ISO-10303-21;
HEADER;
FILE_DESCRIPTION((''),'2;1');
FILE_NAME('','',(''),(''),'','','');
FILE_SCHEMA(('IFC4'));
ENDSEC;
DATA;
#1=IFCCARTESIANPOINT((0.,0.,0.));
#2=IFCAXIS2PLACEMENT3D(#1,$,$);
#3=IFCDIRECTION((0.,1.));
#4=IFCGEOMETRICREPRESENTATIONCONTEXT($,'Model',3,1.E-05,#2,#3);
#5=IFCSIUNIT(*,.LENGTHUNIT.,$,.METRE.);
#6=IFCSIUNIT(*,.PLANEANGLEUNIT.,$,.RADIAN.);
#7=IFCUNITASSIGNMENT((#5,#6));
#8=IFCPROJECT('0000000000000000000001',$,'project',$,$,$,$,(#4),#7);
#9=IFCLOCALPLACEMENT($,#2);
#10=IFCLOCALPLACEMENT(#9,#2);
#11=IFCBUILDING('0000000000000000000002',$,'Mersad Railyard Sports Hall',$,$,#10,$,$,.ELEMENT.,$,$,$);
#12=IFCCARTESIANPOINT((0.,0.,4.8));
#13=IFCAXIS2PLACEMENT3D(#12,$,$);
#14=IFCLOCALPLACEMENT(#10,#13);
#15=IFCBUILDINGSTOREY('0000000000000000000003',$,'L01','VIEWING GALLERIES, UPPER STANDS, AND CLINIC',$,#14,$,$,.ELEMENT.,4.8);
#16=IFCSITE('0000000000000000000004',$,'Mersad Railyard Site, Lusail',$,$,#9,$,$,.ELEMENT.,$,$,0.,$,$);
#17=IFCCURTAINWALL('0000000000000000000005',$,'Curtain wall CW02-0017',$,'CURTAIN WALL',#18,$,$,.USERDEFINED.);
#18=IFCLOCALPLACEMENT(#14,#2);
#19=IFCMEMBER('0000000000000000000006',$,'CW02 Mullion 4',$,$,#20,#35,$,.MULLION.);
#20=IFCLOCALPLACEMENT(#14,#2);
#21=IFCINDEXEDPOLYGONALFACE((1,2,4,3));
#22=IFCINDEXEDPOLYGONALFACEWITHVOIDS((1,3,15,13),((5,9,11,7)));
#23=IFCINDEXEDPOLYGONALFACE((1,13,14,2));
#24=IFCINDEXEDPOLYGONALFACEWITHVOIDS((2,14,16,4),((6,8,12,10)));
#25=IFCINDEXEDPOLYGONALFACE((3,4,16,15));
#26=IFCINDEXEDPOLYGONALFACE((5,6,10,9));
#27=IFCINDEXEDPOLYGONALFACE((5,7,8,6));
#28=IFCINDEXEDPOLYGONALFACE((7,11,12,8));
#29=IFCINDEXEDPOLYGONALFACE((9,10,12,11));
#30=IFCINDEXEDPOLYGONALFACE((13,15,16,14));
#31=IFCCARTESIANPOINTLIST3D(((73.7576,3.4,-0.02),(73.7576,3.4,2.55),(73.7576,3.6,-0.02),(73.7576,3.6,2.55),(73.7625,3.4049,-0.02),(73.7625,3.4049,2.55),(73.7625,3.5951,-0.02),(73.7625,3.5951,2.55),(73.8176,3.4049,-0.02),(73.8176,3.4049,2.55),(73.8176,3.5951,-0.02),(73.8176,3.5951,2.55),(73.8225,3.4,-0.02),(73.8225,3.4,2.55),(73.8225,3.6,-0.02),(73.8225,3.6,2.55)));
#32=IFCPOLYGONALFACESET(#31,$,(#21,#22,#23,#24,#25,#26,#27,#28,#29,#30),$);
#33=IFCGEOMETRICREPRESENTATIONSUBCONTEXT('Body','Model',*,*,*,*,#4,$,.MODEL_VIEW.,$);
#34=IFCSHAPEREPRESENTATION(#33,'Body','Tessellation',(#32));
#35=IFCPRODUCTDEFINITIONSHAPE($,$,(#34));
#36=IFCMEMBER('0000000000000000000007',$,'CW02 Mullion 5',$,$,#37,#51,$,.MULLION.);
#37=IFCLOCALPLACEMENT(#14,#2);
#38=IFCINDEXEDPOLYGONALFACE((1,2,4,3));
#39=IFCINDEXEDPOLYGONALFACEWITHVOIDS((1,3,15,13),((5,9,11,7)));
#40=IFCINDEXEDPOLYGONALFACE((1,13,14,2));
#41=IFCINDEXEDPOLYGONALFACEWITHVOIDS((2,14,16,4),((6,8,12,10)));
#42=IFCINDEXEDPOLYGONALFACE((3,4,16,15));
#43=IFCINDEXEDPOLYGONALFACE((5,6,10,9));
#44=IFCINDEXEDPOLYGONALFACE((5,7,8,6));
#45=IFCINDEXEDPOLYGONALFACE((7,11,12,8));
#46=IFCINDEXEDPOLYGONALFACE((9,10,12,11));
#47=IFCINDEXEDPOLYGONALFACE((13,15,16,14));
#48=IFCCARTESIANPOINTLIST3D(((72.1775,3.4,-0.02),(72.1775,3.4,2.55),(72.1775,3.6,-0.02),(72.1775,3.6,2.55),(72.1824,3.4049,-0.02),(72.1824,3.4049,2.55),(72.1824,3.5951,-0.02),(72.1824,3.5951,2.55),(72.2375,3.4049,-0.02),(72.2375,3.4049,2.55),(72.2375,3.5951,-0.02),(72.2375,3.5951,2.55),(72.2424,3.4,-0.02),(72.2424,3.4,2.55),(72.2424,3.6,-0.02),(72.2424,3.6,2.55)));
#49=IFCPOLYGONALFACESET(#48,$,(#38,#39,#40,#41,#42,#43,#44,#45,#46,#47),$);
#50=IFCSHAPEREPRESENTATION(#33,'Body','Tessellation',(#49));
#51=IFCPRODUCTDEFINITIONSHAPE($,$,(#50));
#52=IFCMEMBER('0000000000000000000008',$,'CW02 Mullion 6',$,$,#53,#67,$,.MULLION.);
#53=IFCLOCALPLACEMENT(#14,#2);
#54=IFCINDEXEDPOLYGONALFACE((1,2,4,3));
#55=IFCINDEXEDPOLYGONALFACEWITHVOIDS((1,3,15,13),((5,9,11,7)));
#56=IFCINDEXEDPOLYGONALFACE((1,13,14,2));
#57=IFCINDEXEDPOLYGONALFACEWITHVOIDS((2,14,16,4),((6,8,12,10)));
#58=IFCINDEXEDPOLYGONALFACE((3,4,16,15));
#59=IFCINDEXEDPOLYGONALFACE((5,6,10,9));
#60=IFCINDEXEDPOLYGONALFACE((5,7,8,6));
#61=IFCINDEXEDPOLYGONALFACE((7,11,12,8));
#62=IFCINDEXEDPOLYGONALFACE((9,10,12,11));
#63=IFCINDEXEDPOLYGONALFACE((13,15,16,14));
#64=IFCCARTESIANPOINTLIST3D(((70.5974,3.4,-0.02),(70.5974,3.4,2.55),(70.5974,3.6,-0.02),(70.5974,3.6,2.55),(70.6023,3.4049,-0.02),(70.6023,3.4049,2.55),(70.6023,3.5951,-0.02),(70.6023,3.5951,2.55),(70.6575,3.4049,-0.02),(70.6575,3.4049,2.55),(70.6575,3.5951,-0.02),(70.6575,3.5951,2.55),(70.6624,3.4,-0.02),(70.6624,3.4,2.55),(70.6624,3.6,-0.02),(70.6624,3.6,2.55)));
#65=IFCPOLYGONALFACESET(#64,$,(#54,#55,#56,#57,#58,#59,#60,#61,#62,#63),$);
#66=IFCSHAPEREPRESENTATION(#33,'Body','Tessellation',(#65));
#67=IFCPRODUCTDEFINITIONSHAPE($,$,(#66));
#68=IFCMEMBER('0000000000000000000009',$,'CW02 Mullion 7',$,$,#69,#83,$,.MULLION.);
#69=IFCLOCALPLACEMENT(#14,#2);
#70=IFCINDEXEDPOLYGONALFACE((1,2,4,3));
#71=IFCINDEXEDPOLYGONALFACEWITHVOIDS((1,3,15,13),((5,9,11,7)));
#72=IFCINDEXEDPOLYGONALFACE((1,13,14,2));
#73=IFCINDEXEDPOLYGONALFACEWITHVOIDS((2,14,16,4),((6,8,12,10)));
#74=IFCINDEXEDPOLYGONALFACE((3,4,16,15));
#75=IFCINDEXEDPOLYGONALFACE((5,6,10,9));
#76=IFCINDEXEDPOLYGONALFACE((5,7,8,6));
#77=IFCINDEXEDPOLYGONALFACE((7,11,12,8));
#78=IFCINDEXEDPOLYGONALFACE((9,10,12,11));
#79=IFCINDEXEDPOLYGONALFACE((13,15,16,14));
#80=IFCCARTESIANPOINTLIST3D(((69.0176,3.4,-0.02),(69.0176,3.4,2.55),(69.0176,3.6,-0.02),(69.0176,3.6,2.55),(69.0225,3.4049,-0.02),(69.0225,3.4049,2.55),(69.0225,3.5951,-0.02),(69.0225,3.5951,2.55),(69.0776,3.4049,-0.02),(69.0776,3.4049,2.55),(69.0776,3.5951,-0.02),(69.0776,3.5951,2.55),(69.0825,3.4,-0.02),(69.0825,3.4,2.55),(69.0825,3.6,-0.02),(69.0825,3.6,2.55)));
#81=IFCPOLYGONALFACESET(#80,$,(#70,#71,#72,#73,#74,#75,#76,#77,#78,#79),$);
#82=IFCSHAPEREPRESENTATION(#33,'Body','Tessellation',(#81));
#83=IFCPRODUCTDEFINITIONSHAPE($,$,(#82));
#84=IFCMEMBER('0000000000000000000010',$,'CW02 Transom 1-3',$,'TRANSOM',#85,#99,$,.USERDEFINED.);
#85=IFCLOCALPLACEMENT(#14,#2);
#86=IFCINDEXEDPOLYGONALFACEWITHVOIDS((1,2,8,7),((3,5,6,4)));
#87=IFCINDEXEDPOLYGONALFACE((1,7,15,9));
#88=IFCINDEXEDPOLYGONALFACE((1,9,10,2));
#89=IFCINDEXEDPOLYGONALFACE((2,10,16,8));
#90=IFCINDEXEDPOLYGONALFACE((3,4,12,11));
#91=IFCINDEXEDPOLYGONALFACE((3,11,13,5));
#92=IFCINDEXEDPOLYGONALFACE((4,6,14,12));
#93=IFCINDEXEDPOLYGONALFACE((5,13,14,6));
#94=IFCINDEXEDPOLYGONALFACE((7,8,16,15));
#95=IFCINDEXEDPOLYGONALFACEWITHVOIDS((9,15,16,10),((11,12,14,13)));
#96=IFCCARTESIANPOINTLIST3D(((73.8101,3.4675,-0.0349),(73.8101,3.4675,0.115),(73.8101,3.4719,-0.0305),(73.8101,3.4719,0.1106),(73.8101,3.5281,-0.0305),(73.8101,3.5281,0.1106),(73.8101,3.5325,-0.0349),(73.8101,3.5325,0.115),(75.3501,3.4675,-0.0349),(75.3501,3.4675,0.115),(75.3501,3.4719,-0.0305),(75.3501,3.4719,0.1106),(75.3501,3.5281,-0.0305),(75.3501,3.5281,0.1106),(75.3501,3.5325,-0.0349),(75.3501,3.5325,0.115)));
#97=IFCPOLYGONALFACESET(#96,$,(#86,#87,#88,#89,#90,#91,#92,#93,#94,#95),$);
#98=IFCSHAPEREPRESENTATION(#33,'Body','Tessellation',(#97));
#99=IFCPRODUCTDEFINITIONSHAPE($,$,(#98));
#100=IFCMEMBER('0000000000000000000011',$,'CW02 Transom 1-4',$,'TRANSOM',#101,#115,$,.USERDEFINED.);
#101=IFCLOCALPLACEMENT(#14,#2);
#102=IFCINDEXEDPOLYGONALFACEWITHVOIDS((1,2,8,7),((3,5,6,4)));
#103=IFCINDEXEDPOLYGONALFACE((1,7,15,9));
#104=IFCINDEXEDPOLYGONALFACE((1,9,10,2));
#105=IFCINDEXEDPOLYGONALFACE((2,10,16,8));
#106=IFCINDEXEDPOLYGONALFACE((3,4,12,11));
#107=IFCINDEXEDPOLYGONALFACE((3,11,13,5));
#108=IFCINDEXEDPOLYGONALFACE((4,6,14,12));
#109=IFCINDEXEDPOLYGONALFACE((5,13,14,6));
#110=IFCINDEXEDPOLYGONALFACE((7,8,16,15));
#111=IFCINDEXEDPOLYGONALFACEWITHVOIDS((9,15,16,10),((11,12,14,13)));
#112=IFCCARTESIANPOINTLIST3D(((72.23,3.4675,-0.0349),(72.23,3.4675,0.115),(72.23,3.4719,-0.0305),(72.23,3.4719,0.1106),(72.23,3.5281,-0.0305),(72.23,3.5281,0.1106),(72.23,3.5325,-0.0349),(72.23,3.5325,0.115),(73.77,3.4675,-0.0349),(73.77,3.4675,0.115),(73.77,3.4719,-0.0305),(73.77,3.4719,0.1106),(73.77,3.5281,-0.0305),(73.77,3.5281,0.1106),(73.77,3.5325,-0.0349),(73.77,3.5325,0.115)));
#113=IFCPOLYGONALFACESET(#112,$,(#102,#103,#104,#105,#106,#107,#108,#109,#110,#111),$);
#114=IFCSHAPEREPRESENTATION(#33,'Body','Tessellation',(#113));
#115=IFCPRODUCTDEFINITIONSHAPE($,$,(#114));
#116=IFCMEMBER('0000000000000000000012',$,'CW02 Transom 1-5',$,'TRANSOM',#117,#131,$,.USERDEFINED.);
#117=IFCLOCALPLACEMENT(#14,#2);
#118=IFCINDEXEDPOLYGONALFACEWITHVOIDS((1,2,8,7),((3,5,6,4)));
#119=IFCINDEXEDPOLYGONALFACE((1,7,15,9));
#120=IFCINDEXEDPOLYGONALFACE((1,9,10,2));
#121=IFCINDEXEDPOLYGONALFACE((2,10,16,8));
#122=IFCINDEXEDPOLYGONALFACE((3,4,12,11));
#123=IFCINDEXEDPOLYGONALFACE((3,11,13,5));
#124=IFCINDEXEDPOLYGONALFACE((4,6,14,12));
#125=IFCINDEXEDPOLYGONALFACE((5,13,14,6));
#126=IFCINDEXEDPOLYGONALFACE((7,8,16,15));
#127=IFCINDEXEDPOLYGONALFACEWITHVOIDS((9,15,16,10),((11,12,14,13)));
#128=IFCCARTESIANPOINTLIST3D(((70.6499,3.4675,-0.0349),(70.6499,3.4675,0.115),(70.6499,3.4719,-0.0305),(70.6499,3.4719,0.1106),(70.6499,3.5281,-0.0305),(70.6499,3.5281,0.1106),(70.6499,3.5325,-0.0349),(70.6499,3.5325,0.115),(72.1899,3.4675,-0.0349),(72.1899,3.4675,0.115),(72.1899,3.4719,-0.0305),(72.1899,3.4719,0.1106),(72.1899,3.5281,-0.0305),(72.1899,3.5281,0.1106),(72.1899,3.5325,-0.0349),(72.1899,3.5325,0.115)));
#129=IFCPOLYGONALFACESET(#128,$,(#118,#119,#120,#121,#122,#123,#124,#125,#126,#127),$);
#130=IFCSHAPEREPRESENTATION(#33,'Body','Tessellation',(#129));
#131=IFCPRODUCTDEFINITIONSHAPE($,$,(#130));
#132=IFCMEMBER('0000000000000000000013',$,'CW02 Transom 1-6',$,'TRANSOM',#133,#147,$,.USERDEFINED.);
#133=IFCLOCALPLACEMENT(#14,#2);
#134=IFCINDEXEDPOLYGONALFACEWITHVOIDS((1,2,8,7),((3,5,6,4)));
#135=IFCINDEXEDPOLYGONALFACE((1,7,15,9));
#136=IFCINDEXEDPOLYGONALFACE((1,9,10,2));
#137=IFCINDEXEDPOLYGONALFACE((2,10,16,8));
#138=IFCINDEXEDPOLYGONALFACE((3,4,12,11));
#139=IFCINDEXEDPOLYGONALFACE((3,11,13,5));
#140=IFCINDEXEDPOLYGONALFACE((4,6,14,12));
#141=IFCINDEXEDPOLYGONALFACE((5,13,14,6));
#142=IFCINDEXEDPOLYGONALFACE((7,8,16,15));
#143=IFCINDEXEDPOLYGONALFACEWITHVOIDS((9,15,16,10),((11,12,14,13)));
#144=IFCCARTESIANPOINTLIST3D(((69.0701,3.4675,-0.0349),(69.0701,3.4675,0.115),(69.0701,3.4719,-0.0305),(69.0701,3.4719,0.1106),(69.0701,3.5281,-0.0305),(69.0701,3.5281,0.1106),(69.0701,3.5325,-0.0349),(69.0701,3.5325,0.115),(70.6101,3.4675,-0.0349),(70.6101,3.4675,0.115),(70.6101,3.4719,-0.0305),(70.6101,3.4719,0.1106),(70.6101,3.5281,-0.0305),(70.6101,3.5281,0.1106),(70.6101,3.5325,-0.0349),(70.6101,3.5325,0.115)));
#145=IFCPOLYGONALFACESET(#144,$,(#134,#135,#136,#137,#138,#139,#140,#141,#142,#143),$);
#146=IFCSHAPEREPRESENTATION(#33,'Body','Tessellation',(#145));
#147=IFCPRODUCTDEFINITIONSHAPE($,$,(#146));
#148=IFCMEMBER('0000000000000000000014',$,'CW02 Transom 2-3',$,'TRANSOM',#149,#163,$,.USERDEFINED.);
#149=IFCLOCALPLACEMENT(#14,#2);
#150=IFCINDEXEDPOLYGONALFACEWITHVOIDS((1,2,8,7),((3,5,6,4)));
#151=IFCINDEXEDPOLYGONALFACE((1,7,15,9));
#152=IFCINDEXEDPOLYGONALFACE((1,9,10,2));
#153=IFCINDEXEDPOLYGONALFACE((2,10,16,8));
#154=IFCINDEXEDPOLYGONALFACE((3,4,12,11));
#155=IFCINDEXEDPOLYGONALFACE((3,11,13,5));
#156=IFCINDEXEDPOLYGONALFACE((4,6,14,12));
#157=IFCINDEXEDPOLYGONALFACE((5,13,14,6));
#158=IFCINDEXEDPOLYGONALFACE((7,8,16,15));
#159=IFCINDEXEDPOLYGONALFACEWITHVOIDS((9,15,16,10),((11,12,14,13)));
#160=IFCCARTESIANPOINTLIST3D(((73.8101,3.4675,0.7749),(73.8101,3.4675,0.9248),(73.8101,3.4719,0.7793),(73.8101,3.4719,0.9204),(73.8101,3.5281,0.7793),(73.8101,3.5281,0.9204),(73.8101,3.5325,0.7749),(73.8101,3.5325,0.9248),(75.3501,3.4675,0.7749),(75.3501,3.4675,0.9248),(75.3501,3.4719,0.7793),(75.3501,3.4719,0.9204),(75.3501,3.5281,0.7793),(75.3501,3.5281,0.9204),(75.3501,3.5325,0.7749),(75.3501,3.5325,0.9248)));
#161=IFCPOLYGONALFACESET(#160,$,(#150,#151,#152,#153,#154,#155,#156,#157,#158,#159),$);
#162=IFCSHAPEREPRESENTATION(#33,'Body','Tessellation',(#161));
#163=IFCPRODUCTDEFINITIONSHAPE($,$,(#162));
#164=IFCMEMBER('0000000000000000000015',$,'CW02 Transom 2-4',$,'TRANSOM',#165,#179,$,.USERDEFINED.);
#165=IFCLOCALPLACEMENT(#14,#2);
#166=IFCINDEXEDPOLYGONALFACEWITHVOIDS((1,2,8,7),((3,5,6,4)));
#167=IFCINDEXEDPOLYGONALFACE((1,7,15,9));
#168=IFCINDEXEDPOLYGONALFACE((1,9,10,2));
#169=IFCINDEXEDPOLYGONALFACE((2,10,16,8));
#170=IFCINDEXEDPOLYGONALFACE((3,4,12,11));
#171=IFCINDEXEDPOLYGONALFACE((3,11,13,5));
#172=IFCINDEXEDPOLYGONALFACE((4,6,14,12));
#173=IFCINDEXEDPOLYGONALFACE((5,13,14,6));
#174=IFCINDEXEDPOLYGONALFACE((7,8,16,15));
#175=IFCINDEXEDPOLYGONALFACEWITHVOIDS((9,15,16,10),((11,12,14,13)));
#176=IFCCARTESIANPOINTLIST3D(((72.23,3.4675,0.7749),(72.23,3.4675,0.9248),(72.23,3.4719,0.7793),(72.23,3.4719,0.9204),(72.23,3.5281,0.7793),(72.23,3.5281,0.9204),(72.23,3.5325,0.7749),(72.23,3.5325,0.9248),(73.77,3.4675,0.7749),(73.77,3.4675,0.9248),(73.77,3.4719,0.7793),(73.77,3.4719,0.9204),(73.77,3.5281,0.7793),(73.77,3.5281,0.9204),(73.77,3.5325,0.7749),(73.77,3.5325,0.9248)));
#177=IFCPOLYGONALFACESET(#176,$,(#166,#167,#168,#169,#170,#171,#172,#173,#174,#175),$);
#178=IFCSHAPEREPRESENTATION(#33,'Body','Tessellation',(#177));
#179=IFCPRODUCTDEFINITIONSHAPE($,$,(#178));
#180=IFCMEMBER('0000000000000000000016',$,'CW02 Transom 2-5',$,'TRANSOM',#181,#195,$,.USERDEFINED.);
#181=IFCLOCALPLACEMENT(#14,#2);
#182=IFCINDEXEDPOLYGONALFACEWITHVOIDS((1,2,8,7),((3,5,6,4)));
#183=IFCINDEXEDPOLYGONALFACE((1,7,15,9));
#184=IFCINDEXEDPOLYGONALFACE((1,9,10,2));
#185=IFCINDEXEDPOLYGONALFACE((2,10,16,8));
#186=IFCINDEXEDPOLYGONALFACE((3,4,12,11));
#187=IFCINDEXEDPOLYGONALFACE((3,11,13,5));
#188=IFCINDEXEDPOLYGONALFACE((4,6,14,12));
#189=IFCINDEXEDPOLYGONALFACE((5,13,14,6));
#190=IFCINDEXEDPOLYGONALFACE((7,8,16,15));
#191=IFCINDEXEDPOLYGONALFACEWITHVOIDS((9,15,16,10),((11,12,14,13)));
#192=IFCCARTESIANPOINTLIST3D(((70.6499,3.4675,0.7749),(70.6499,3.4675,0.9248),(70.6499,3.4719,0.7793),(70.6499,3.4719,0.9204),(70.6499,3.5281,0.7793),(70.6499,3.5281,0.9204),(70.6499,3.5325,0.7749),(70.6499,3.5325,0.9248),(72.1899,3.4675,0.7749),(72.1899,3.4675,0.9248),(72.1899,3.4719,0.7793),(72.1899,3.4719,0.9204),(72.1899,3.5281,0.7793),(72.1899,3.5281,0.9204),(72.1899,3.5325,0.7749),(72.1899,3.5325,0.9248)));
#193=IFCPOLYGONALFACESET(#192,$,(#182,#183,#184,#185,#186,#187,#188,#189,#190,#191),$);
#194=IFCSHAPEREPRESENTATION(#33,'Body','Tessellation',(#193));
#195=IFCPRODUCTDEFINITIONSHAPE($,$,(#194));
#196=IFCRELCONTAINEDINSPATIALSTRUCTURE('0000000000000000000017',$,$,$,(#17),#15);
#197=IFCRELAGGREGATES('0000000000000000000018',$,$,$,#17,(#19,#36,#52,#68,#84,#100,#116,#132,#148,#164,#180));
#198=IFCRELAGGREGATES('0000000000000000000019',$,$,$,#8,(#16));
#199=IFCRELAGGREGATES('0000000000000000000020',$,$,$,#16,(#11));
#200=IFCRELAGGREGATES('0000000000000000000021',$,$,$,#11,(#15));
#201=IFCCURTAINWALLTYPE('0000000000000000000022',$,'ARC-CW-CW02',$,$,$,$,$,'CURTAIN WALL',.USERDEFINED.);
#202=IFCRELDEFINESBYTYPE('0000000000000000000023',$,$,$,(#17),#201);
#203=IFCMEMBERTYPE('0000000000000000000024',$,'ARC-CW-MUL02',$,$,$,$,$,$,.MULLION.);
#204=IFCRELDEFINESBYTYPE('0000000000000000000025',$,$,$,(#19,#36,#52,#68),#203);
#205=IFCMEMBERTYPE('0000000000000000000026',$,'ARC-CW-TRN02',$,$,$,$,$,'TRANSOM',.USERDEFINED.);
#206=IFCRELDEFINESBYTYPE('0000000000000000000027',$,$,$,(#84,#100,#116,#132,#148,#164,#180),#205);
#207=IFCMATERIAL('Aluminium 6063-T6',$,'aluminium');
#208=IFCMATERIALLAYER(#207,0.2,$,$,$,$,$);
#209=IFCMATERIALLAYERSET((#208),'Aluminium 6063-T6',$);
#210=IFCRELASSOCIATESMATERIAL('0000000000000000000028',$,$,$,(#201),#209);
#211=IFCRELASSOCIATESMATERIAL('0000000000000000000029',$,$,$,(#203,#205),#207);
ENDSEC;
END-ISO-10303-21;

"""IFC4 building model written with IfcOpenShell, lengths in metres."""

from ifc_helpers import new_model, si_unit, direction, frame, origin, origin_2d, place, context, subcontext, project, spatial, hollow_rectangle, extrude, material, layer, layer_set, material_profile, profile_set, type_object, element, aggregate, save


model = new_model("IFC4")

# Units and contexts
model_context = context("Model", 3, precision=1e-05, world=origin(), true_north=direction((0.0, 1.0)))
body_context = subcontext(model_context, "Body", "Model", "MODEL_VIEW")
ifc_project = project(units=[si_unit("LENGTHUNIT", "METRE"), si_unit("PLANEANGLEUNIT", "RADIAN")], contexts=[model_context])

# Site, building, storey
site_placement = place(None, origin())
site = spatial("IfcSite", under=ifc_project, at=site_placement, Name="Mersad Railyard Site, Lusail", CompositionType="ELEMENT", RefElevation=0.0)
building_placement = place(site_placement, origin())
building = spatial("IfcBuilding", under=site, at=building_placement, Name="Mersad Railyard Sports Hall", CompositionType="ELEMENT")
storey_placement = place(building_placement, frame((0.0, 0.0, 4.8)))
storey = spatial("IfcBuildingStorey", under=building, at=storey_placement, Name="L01", Description="VIEWING GALLERIES, UPPER STANDS, AND CLINIC", CompositionType="ELEMENT", Elevation=4.8)

# Curtain wall, members
ifc_material_1 = material(Name="Aluminium 6063-T6", Category="aluminium")
ifc_layer_1 = layer(ifc_material_1, 0.2)
ifc_layer_set_1 = layer_set([ifc_layer_1], Name="Aluminium 6063-T6")
curtain_wall_type = type_object("IfcCurtainWallType", Name="ARC-CW-CW02", ElementType="CURTAIN WALL", PredefinedType="USERDEFINED", material=ifc_layer_set_1)
curtain_wall_placement = place(storey_placement, origin())
curtain_wall = element("IfcCurtainWall", 1, at=curtain_wall_placement, inside=storey, type_object=curtain_wall_type, Name="Curtain wall CW02-0017", ObjectType="CURTAIN WALL", PredefinedType="USERDEFINED")
ifc_material_profile_1 = material_profile(ifc_material_1, hollow_rectangle(XDim=0.0649, YDim=0.2, WallThickness=0.0049, at=origin_2d()), Name="AL MULLION 65x200x5")
ifc_profile_set_1 = profile_set([ifc_material_profile_1], Name="Aluminium 6063-T6")
member_type_1 = type_object("IfcMemberType", Name="ARC-CW-MUL02", PredefinedType="MULLION", material=ifc_profile_set_1)
member_1_placement = place(storey_placement, frame((73.79, 3.5, -0.02), z_axis=(0.0, 0.0, 1.0), x_axis=(1.0, 0.0, 0.0)))
member_1 = element("IfcMember", 2, at=member_1_placement, type_object=member_type_1, Name="CW02 Mullion 4", PredefinedType="MULLION", context=body_context, shape_type="SweptSolid", body=[
    extrude(hollow_rectangle(XDim=0.0649, YDim=0.2, WallThickness=0.0049, at=origin_2d()), origin(), (0.0, 0.0, 1.0), 2.5701),
])
member_2_placement = place(storey_placement, frame((72.21, 3.5, -0.02), z_axis=(0.0, 0.0, 1.0), x_axis=(1.0, 0.0, 0.0)))
member_2 = element("IfcMember", 3, at=member_2_placement, type_object=member_type_1, Name="CW02 Mullion 5", PredefinedType="MULLION", context=body_context, shape_type="SweptSolid", body=[
    extrude(hollow_rectangle(XDim=0.0649, YDim=0.2, WallThickness=0.0049, at=origin_2d()), origin(), (0.0, 0.0, 1.0), 2.5701),
])
member_3_placement = place(storey_placement, frame((70.6299, 3.5, -0.02), z_axis=(0.0, 0.0, 1.0), x_axis=(1.0, 0.0, 0.0)))
member_3 = element("IfcMember", 4, at=member_3_placement, type_object=member_type_1, Name="CW02 Mullion 6", PredefinedType="MULLION", context=body_context, shape_type="SweptSolid", body=[
    extrude(hollow_rectangle(XDim=0.0649, YDim=0.2, WallThickness=0.0049, at=origin_2d()), origin(), (0.0, 0.0, 1.0), 2.5701),
])
member_4_placement = place(storey_placement, frame((69.05, 3.5, -0.02), z_axis=(0.0, 0.0, 1.0), x_axis=(1.0, 0.0, 0.0)))
member_4 = element("IfcMember", 5, at=member_4_placement, type_object=member_type_1, Name="CW02 Mullion 7", PredefinedType="MULLION", context=body_context, shape_type="SweptSolid", body=[
    extrude(hollow_rectangle(XDim=0.0649, YDim=0.2, WallThickness=0.0049, at=origin_2d()), origin(), (0.0, 0.0, 1.0), 2.5701),
])
ifc_material_profile_2 = material_profile(ifc_material_1, hollow_rectangle(XDim=0.0649, YDim=0.1499, WallThickness=0.0044, at=origin_2d()), Name="AL TRANSOM 65x150x4.5")
ifc_profile_set_2 = profile_set([ifc_material_profile_2], Name="Aluminium 6063-T6")
member_type_2 = type_object("IfcMemberType", Name="ARC-CW-TRN02", ElementType="TRANSOM", PredefinedType="USERDEFINED", material=ifc_profile_set_2)
member_5_placement = place(storey_placement, frame((75.3501, 3.5, 0.04), z_axis=(-1.0, 0.0, 0.0), x_axis=(0.0, -1.0, 0.0)))
member_5 = element("IfcMember", 6, at=member_5_placement, type_object=member_type_2, Name="CW02 Transom 1-3", ObjectType="TRANSOM", PredefinedType="USERDEFINED", context=body_context, shape_type="SweptSolid", body=[
    extrude(hollow_rectangle(XDim=0.0649, YDim=0.1499, WallThickness=0.0044, at=origin_2d()), origin(), (0.0, 0.0, 1.0), 1.54),
])
member_6_placement = place(storey_placement, frame((73.77, 3.5, 0.04), z_axis=(-1.0, 0.0, 0.0), x_axis=(0.0, -1.0, 0.0)))
member_6 = element("IfcMember", 7, at=member_6_placement, type_object=member_type_2, Name="CW02 Transom 1-4", ObjectType="TRANSOM", PredefinedType="USERDEFINED", context=body_context, shape_type="SweptSolid", body=[
    extrude(hollow_rectangle(XDim=0.0649, YDim=0.1499, WallThickness=0.0044, at=origin_2d()), origin(), (0.0, 0.0, 1.0), 1.54),
])
member_7_placement = place(storey_placement, frame((72.1899, 3.5, 0.04), z_axis=(-1.0, 0.0, 0.0), x_axis=(0.0, -1.0, 0.0)))
member_7 = element("IfcMember", 8, at=member_7_placement, type_object=member_type_2, Name="CW02 Transom 1-5", ObjectType="TRANSOM", PredefinedType="USERDEFINED", context=body_context, shape_type="SweptSolid", body=[
    extrude(hollow_rectangle(XDim=0.0649, YDim=0.1499, WallThickness=0.0044, at=origin_2d()), origin(), (0.0, 0.0, 1.0), 1.54),
])
member_8_placement = place(storey_placement, frame((70.6101, 3.5, 0.04), z_axis=(-1.0, 0.0, 0.0), x_axis=(0.0, -1.0, 0.0)))
member_8 = element("IfcMember", 9, at=member_8_placement, type_object=member_type_2, Name="CW02 Transom 1-6", ObjectType="TRANSOM", PredefinedType="USERDEFINED", context=body_context, shape_type="SweptSolid", body=[
    extrude(hollow_rectangle(XDim=0.0649, YDim=0.1499, WallThickness=0.0044, at=origin_2d()), origin(), (0.0, 0.0, 1.0), 1.54),
])
member_9_placement = place(storey_placement, frame((75.3501, 3.5, 0.8499), z_axis=(-1.0, 0.0, 0.0), x_axis=(0.0, -1.0, 0.0)))
member_9 = element("IfcMember", 10, at=member_9_placement, type_object=member_type_2, Name="CW02 Transom 2-3", ObjectType="TRANSOM", PredefinedType="USERDEFINED", context=body_context, shape_type="SweptSolid", body=[
    extrude(hollow_rectangle(XDim=0.0649, YDim=0.1499, WallThickness=0.0044, at=origin_2d()), origin(), (0.0, 0.0, 1.0), 1.54),
])
member_10_placement = place(storey_placement, frame((73.77, 3.5, 0.8499), z_axis=(-1.0, 0.0, 0.0), x_axis=(0.0, -1.0, 0.0)))
member_10 = element("IfcMember", 11, at=member_10_placement, type_object=member_type_2, Name="CW02 Transom 2-4", ObjectType="TRANSOM", PredefinedType="USERDEFINED", context=body_context, shape_type="SweptSolid", body=[
    extrude(hollow_rectangle(XDim=0.0649, YDim=0.1499, WallThickness=0.0044, at=origin_2d()), origin(), (0.0, 0.0, 1.0), 1.54),
])
member_11_placement = place(storey_placement, frame((72.1899, 3.5, 0.8499), z_axis=(-1.0, 0.0, 0.0), x_axis=(0.0, -1.0, 0.0)))
member_11 = element("IfcMember", 12, at=member_11_placement, type_object=member_type_2, Name="CW02 Transom 2-5", ObjectType="TRANSOM", PredefinedType="USERDEFINED", context=body_context, shape_type="SweptSolid", body=[
    extrude(hollow_rectangle(XDim=0.0649, YDim=0.1499, WallThickness=0.0044, at=origin_2d()), origin(), (0.0, 0.0, 1.0), 1.54),
])

aggregate(curtain_wall, [member_1, member_2, member_3, member_4, member_5, member_6, member_7, member_8, member_9, member_10, member_11])

save(model, "model.ifc")
